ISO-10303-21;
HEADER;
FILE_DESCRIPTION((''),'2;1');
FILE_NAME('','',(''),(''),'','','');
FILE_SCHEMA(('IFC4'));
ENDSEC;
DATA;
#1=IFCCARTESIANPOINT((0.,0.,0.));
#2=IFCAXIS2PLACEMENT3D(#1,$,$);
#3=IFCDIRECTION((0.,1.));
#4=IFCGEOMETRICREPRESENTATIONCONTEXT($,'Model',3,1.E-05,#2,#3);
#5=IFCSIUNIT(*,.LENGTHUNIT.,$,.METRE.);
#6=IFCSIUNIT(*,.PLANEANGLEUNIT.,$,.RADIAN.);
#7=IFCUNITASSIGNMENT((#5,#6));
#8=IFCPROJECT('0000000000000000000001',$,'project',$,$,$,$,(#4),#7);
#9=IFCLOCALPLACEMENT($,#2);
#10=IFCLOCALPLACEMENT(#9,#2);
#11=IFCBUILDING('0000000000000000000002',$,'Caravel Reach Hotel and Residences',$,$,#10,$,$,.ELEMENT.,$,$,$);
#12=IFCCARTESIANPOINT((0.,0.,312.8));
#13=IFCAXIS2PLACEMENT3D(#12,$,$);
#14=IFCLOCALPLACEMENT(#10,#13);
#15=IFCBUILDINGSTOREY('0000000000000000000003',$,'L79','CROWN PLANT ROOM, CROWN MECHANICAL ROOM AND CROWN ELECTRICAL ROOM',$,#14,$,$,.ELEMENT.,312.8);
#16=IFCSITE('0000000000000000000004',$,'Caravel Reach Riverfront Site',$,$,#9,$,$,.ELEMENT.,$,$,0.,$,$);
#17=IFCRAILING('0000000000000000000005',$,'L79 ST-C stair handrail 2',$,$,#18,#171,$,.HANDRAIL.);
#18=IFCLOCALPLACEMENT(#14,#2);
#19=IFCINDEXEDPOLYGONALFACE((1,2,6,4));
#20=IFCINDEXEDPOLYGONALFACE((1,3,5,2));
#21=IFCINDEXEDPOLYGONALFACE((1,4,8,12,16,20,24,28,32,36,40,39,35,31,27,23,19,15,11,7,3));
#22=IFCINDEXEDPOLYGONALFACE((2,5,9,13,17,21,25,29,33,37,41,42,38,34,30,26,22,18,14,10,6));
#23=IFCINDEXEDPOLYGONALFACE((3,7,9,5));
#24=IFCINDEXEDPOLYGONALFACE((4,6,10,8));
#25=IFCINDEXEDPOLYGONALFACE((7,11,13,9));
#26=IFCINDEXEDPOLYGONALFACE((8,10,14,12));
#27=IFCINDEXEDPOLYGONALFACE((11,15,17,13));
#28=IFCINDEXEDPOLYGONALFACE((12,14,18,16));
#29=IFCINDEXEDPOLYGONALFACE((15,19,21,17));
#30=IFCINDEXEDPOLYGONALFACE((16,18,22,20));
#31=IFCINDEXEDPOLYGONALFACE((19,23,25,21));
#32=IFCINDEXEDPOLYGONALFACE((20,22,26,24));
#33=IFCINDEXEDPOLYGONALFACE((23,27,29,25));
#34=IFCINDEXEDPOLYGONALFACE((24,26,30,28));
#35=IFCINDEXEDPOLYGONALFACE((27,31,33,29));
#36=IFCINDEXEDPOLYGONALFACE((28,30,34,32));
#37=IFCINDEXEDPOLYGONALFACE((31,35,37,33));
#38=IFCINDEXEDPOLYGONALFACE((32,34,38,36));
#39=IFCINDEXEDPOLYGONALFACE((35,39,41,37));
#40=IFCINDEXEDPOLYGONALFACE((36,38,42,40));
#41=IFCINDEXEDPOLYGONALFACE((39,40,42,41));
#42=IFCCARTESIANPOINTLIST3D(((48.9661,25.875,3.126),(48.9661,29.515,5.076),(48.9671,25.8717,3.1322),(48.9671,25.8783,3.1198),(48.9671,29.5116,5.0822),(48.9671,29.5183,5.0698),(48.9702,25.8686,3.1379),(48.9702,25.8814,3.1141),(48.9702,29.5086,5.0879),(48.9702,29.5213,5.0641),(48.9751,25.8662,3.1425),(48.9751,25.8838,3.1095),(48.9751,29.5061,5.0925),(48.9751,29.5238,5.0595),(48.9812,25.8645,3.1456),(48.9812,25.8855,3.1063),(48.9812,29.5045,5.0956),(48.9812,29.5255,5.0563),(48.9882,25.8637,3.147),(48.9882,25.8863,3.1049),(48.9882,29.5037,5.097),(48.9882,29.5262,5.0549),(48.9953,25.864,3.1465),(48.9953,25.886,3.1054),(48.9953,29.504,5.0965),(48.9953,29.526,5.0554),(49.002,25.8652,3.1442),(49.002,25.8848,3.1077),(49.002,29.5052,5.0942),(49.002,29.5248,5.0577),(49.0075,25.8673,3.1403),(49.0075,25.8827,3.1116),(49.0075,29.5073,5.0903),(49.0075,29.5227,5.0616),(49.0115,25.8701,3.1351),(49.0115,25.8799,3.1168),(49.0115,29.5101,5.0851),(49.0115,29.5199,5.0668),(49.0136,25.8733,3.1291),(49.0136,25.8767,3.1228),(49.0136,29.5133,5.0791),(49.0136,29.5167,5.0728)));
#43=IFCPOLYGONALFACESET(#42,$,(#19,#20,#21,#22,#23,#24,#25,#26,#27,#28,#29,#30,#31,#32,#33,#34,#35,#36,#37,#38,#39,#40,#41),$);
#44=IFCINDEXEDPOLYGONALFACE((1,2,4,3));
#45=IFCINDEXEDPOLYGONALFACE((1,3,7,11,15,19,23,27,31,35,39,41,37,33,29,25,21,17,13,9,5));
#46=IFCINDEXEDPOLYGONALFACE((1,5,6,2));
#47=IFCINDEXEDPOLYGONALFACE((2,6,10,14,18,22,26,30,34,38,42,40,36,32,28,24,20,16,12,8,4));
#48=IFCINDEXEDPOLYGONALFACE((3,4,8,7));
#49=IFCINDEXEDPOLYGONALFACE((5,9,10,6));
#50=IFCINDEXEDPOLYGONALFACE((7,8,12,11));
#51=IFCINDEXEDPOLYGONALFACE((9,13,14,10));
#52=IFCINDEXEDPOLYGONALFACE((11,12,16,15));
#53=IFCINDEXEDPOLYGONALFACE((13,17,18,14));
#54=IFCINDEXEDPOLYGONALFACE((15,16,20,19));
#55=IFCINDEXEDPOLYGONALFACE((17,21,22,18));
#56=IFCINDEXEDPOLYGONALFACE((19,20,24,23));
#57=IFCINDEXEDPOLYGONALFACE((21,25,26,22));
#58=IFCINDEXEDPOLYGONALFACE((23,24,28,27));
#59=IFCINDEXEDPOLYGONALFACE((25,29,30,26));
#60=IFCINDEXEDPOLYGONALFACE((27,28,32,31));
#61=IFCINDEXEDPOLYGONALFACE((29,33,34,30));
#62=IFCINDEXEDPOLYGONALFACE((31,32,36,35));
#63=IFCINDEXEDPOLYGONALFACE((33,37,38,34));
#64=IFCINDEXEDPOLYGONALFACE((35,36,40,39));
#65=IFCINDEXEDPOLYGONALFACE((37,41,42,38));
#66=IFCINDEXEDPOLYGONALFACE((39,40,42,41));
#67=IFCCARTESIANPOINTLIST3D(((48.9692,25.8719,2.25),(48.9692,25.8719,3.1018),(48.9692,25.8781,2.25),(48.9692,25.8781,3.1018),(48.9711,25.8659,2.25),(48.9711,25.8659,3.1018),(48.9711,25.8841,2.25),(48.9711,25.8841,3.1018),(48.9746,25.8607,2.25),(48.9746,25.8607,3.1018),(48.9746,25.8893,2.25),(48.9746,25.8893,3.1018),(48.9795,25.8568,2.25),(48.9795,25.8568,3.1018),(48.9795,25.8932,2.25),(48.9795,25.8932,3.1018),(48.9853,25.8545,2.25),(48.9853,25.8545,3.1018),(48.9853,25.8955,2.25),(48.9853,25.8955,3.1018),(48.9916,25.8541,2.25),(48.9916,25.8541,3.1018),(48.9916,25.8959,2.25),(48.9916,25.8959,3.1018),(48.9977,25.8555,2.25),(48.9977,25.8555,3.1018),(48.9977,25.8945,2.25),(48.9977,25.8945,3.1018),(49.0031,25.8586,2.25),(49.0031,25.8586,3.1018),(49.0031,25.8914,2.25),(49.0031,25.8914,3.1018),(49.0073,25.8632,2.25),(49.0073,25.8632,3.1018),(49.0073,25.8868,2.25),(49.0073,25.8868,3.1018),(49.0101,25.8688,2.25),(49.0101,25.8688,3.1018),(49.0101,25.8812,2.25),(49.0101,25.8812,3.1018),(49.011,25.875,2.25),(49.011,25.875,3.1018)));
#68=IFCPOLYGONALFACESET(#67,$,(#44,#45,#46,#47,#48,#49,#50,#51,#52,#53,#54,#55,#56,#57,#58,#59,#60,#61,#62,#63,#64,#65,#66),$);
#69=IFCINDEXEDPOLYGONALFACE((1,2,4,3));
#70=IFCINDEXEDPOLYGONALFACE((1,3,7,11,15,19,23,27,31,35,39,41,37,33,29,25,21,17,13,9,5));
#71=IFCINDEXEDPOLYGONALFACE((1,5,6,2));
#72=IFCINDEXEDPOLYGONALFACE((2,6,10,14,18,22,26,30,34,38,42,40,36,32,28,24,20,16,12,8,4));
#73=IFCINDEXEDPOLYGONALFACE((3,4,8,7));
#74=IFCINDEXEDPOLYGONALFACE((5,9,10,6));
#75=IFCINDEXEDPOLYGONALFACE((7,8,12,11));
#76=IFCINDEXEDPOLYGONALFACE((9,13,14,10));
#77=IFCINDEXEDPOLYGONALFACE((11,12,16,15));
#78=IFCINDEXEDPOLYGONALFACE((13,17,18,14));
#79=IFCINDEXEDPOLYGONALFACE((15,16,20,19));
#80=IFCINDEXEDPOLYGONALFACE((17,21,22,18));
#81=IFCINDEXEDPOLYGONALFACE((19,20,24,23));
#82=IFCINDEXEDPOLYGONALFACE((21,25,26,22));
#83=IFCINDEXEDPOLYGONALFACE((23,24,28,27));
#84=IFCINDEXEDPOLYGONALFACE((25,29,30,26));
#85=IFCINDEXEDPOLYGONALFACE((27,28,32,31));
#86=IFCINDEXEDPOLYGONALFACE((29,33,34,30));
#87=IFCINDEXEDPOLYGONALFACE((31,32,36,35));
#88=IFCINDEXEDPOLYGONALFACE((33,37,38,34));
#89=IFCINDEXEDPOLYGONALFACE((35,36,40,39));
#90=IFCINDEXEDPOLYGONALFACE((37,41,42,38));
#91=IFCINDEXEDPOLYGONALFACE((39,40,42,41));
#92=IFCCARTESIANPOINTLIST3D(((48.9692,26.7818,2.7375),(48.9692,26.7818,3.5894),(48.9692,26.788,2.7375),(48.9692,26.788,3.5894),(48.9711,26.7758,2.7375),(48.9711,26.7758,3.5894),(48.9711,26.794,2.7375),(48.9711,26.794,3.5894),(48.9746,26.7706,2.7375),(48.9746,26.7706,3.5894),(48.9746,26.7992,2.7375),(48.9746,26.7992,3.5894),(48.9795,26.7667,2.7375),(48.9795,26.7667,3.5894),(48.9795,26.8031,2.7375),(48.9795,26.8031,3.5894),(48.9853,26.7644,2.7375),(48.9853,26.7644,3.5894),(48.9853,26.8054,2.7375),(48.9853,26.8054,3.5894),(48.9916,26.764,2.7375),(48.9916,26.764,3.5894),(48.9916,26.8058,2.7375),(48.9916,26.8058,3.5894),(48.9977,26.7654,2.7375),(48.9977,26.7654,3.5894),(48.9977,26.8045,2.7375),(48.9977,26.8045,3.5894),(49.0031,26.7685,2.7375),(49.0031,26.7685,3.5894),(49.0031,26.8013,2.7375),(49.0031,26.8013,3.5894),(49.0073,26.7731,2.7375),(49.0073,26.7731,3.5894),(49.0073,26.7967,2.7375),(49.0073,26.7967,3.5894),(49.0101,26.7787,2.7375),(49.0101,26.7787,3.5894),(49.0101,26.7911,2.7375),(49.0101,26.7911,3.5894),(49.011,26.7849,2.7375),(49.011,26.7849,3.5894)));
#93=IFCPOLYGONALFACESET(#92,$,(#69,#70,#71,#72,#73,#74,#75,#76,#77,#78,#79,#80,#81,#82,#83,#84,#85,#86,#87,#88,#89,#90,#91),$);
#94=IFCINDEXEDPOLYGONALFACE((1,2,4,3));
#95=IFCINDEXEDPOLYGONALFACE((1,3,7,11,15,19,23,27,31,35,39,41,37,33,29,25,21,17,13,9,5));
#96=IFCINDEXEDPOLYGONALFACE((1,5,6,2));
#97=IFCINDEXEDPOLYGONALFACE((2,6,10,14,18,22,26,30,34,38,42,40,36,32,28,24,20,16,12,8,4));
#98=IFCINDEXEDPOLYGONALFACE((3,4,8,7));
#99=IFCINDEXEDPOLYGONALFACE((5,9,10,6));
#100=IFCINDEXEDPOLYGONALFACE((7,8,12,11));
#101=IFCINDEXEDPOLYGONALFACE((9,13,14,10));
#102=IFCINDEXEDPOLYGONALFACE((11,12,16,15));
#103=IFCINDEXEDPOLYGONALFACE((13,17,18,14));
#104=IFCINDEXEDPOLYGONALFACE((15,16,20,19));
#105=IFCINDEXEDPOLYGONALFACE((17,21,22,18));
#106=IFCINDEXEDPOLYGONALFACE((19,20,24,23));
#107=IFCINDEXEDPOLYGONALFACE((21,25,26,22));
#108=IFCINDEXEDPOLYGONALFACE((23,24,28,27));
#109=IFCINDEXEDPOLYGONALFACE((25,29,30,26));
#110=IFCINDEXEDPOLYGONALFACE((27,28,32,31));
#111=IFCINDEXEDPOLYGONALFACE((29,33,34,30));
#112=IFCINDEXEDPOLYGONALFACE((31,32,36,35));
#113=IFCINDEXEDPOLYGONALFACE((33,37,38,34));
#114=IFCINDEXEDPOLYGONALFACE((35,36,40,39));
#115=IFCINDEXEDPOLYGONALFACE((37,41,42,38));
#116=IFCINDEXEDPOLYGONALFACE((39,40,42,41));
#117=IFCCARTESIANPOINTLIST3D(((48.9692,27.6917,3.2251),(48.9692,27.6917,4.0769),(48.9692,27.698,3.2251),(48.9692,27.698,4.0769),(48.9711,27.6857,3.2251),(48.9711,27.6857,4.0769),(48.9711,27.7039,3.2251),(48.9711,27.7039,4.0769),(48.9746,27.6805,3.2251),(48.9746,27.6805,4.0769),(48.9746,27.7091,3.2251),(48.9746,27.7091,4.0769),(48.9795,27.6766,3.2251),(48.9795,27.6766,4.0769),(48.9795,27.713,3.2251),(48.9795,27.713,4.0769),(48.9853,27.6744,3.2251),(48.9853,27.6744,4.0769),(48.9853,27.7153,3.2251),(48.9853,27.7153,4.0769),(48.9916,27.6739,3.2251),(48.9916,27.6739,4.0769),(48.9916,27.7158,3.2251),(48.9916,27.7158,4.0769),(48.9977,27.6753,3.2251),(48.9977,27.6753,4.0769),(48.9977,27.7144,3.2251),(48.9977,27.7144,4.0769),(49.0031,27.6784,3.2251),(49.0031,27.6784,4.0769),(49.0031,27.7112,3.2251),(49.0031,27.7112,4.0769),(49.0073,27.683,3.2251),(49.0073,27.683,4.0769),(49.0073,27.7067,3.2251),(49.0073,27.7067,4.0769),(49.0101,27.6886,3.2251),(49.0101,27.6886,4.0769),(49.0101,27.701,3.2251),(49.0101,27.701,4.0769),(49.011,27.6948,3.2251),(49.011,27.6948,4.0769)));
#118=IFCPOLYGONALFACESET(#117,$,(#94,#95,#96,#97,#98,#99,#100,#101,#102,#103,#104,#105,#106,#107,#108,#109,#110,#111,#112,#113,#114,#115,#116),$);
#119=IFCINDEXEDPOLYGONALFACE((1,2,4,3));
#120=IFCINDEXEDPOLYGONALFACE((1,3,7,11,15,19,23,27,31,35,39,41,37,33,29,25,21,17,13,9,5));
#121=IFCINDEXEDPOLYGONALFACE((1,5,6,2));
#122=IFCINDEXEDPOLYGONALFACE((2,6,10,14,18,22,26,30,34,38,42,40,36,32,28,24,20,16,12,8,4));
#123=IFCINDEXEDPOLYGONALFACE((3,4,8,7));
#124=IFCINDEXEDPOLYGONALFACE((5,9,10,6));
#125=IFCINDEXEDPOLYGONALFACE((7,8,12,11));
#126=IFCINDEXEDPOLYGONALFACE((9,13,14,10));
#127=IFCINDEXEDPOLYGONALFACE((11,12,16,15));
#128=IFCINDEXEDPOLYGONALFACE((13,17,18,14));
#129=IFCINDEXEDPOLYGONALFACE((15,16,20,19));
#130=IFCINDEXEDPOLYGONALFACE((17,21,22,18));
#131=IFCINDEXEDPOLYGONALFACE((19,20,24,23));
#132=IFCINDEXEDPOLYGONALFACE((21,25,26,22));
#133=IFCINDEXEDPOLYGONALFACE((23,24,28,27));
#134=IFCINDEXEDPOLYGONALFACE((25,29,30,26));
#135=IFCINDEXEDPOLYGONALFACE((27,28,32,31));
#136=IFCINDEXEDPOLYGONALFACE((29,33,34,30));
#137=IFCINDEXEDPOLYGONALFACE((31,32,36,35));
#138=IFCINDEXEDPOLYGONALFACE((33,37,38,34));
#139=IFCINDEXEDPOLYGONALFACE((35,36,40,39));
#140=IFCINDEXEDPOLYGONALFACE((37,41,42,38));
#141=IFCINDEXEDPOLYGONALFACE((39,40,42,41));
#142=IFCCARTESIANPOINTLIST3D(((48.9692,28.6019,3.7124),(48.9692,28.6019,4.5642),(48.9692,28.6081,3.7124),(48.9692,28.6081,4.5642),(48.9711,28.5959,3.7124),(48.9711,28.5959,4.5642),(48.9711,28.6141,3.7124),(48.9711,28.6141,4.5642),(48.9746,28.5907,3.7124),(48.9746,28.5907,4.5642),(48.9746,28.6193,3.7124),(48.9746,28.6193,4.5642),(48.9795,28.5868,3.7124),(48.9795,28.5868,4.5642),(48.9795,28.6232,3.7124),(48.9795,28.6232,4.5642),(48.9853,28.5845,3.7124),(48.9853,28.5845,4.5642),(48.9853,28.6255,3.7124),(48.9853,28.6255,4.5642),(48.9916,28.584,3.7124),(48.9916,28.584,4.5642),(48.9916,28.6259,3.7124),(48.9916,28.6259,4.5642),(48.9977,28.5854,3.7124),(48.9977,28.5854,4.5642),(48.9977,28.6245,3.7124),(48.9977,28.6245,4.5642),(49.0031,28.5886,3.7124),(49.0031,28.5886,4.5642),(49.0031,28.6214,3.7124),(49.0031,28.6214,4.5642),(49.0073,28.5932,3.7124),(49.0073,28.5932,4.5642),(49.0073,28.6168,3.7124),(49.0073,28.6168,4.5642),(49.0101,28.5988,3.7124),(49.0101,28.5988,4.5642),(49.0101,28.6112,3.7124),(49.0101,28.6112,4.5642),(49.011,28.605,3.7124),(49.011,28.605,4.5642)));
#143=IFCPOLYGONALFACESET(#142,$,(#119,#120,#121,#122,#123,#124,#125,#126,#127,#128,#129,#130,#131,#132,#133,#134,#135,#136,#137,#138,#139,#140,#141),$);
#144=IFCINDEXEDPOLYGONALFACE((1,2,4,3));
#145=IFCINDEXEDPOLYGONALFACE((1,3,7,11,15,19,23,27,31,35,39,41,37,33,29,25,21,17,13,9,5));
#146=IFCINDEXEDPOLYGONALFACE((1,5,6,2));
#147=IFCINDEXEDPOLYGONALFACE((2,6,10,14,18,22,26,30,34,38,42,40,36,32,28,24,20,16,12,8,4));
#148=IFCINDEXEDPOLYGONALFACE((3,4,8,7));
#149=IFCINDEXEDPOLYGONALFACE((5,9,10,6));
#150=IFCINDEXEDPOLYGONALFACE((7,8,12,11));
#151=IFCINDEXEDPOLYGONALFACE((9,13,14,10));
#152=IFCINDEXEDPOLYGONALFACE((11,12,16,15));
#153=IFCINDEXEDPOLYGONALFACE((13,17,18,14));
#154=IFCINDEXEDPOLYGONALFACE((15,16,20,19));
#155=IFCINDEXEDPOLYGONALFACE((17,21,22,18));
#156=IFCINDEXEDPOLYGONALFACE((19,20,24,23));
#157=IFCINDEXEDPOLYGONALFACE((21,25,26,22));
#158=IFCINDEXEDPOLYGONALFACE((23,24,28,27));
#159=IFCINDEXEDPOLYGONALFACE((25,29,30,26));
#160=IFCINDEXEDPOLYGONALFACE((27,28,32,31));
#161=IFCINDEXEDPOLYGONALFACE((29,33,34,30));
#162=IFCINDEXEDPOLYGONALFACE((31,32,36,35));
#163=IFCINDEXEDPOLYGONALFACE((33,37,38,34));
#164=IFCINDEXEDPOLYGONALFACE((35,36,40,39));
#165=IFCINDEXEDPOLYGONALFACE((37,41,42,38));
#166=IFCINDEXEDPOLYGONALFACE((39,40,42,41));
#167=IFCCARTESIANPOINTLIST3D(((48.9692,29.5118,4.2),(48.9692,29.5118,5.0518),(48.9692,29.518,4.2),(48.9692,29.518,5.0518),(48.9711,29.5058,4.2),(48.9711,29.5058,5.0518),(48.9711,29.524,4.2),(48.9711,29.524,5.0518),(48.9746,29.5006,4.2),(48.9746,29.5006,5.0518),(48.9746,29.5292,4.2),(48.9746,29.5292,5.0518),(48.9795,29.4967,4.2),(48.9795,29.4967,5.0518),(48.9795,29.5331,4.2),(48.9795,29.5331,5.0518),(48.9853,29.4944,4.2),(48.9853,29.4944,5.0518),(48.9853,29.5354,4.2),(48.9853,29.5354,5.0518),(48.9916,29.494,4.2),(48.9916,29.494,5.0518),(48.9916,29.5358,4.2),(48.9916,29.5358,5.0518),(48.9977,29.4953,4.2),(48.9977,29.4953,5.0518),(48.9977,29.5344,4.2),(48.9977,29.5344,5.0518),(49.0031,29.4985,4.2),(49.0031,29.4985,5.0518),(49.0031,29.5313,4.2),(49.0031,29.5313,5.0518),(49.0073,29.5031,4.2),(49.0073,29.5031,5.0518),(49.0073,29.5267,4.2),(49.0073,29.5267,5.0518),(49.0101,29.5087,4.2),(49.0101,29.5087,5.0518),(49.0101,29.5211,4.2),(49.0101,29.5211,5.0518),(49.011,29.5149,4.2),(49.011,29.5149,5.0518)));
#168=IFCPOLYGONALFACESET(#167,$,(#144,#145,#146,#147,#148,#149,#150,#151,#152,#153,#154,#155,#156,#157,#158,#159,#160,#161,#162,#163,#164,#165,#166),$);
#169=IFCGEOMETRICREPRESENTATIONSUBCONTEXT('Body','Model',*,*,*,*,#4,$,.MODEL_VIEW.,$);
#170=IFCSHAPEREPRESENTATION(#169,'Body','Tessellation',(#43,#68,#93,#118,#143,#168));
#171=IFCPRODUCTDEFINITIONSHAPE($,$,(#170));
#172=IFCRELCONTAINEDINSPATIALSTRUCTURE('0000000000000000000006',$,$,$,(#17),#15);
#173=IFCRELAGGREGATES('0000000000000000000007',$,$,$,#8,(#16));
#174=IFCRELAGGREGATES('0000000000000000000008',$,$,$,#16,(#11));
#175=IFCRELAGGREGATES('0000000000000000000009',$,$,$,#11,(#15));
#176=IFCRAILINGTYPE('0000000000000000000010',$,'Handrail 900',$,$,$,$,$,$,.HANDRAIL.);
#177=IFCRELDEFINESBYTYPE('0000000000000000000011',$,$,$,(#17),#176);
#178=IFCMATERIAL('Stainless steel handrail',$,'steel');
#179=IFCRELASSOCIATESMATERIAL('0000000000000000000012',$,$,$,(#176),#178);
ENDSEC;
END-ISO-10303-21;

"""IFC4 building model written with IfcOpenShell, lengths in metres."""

from ifc_helpers import new_model, si_unit, direction, frame, origin, origin_2d, place, context, subcontext, project, spatial, circle, extrude, material, type_object, element, save


model = new_model("IFC4")

# Units and contexts
model_context = context("Model", 3, precision=1e-05, world=origin(), true_north=direction((0.0, 1.0)))
body_context = subcontext(model_context, "Body", "Model", "MODEL_VIEW")
ifc_project = project(units=[si_unit("LENGTHUNIT", "METRE"), si_unit("PLANEANGLEUNIT", "RADIAN")], contexts=[model_context])

# Site, building, storey
site_placement = place(None, origin())
site = spatial("IfcSite", under=ifc_project, at=site_placement, Name="Caravel Reach Riverfront Site", CompositionType="ELEMENT", RefElevation=0.0)
building_placement = place(site_placement, origin())
building = spatial("IfcBuilding", under=site, at=building_placement, Name="Caravel Reach Hotel and Residences", CompositionType="ELEMENT")
storey_placement = place(building_placement, frame((0.0, 0.0, 312.8)))
storey = spatial("IfcBuildingStorey", under=building, at=storey_placement, Name="L79", Description="CROWN PLANT ROOM, CROWN MECHANICAL ROOM AND CROWN ELECTRICAL ROOM", CompositionType="ELEMENT", Elevation=312.8)

# Railing
ifc_material_1 = material(Name="Stainless steel handrail", Category="steel")
railing_type_1 = type_object("IfcRailingType", Name="Handrail 900", PredefinedType="HANDRAIL", material=ifc_material_1)
railing_1_placement = place(storey_placement, frame((48.99, 25.875, 2.25)))
element("IfcRailing", 1, at=railing_1_placement, inside=storey, type_object=railing_type_1, Name="L79 ST-C stair handrail 2", PredefinedType="HANDRAIL", context=body_context, shape_type="SweptSolid", body=[
    extrude(circle(Radius=0.0239, at=origin_2d()), frame((0.0, 0.0, 0.876), z_axis=(0.0, 0.881479, 0.472223), x_axis=(-1.0, 0.0, 0.0)), (0.0, 0.0, 1.0), 4.1294),
    extrude(circle(Radius=0.021, at=origin_2d()), origin(), (0.0, 0.0, 1.0), 0.8518),
    extrude(circle(Radius=0.021, at=origin_2d()), frame((0.0, 0.9099, 0.4875)), (0.0, 0.0, 1.0), 0.8518),
    extrude(circle(Radius=0.021, at=origin_2d()), frame((0.0, 1.8198, 0.9751)), (0.0, 0.0, 1.0), 0.8518),
    extrude(circle(Radius=0.021, at=origin_2d()), frame((0.0, 2.73, 1.4624)), (0.0, 0.0, 1.0), 0.8518),
    extrude(circle(Radius=0.021, at=origin_2d()), frame((0.0, 3.6399, 1.95)), (0.0, 0.0, 1.0), 0.8518),
])

save(model, "model.ifc")
